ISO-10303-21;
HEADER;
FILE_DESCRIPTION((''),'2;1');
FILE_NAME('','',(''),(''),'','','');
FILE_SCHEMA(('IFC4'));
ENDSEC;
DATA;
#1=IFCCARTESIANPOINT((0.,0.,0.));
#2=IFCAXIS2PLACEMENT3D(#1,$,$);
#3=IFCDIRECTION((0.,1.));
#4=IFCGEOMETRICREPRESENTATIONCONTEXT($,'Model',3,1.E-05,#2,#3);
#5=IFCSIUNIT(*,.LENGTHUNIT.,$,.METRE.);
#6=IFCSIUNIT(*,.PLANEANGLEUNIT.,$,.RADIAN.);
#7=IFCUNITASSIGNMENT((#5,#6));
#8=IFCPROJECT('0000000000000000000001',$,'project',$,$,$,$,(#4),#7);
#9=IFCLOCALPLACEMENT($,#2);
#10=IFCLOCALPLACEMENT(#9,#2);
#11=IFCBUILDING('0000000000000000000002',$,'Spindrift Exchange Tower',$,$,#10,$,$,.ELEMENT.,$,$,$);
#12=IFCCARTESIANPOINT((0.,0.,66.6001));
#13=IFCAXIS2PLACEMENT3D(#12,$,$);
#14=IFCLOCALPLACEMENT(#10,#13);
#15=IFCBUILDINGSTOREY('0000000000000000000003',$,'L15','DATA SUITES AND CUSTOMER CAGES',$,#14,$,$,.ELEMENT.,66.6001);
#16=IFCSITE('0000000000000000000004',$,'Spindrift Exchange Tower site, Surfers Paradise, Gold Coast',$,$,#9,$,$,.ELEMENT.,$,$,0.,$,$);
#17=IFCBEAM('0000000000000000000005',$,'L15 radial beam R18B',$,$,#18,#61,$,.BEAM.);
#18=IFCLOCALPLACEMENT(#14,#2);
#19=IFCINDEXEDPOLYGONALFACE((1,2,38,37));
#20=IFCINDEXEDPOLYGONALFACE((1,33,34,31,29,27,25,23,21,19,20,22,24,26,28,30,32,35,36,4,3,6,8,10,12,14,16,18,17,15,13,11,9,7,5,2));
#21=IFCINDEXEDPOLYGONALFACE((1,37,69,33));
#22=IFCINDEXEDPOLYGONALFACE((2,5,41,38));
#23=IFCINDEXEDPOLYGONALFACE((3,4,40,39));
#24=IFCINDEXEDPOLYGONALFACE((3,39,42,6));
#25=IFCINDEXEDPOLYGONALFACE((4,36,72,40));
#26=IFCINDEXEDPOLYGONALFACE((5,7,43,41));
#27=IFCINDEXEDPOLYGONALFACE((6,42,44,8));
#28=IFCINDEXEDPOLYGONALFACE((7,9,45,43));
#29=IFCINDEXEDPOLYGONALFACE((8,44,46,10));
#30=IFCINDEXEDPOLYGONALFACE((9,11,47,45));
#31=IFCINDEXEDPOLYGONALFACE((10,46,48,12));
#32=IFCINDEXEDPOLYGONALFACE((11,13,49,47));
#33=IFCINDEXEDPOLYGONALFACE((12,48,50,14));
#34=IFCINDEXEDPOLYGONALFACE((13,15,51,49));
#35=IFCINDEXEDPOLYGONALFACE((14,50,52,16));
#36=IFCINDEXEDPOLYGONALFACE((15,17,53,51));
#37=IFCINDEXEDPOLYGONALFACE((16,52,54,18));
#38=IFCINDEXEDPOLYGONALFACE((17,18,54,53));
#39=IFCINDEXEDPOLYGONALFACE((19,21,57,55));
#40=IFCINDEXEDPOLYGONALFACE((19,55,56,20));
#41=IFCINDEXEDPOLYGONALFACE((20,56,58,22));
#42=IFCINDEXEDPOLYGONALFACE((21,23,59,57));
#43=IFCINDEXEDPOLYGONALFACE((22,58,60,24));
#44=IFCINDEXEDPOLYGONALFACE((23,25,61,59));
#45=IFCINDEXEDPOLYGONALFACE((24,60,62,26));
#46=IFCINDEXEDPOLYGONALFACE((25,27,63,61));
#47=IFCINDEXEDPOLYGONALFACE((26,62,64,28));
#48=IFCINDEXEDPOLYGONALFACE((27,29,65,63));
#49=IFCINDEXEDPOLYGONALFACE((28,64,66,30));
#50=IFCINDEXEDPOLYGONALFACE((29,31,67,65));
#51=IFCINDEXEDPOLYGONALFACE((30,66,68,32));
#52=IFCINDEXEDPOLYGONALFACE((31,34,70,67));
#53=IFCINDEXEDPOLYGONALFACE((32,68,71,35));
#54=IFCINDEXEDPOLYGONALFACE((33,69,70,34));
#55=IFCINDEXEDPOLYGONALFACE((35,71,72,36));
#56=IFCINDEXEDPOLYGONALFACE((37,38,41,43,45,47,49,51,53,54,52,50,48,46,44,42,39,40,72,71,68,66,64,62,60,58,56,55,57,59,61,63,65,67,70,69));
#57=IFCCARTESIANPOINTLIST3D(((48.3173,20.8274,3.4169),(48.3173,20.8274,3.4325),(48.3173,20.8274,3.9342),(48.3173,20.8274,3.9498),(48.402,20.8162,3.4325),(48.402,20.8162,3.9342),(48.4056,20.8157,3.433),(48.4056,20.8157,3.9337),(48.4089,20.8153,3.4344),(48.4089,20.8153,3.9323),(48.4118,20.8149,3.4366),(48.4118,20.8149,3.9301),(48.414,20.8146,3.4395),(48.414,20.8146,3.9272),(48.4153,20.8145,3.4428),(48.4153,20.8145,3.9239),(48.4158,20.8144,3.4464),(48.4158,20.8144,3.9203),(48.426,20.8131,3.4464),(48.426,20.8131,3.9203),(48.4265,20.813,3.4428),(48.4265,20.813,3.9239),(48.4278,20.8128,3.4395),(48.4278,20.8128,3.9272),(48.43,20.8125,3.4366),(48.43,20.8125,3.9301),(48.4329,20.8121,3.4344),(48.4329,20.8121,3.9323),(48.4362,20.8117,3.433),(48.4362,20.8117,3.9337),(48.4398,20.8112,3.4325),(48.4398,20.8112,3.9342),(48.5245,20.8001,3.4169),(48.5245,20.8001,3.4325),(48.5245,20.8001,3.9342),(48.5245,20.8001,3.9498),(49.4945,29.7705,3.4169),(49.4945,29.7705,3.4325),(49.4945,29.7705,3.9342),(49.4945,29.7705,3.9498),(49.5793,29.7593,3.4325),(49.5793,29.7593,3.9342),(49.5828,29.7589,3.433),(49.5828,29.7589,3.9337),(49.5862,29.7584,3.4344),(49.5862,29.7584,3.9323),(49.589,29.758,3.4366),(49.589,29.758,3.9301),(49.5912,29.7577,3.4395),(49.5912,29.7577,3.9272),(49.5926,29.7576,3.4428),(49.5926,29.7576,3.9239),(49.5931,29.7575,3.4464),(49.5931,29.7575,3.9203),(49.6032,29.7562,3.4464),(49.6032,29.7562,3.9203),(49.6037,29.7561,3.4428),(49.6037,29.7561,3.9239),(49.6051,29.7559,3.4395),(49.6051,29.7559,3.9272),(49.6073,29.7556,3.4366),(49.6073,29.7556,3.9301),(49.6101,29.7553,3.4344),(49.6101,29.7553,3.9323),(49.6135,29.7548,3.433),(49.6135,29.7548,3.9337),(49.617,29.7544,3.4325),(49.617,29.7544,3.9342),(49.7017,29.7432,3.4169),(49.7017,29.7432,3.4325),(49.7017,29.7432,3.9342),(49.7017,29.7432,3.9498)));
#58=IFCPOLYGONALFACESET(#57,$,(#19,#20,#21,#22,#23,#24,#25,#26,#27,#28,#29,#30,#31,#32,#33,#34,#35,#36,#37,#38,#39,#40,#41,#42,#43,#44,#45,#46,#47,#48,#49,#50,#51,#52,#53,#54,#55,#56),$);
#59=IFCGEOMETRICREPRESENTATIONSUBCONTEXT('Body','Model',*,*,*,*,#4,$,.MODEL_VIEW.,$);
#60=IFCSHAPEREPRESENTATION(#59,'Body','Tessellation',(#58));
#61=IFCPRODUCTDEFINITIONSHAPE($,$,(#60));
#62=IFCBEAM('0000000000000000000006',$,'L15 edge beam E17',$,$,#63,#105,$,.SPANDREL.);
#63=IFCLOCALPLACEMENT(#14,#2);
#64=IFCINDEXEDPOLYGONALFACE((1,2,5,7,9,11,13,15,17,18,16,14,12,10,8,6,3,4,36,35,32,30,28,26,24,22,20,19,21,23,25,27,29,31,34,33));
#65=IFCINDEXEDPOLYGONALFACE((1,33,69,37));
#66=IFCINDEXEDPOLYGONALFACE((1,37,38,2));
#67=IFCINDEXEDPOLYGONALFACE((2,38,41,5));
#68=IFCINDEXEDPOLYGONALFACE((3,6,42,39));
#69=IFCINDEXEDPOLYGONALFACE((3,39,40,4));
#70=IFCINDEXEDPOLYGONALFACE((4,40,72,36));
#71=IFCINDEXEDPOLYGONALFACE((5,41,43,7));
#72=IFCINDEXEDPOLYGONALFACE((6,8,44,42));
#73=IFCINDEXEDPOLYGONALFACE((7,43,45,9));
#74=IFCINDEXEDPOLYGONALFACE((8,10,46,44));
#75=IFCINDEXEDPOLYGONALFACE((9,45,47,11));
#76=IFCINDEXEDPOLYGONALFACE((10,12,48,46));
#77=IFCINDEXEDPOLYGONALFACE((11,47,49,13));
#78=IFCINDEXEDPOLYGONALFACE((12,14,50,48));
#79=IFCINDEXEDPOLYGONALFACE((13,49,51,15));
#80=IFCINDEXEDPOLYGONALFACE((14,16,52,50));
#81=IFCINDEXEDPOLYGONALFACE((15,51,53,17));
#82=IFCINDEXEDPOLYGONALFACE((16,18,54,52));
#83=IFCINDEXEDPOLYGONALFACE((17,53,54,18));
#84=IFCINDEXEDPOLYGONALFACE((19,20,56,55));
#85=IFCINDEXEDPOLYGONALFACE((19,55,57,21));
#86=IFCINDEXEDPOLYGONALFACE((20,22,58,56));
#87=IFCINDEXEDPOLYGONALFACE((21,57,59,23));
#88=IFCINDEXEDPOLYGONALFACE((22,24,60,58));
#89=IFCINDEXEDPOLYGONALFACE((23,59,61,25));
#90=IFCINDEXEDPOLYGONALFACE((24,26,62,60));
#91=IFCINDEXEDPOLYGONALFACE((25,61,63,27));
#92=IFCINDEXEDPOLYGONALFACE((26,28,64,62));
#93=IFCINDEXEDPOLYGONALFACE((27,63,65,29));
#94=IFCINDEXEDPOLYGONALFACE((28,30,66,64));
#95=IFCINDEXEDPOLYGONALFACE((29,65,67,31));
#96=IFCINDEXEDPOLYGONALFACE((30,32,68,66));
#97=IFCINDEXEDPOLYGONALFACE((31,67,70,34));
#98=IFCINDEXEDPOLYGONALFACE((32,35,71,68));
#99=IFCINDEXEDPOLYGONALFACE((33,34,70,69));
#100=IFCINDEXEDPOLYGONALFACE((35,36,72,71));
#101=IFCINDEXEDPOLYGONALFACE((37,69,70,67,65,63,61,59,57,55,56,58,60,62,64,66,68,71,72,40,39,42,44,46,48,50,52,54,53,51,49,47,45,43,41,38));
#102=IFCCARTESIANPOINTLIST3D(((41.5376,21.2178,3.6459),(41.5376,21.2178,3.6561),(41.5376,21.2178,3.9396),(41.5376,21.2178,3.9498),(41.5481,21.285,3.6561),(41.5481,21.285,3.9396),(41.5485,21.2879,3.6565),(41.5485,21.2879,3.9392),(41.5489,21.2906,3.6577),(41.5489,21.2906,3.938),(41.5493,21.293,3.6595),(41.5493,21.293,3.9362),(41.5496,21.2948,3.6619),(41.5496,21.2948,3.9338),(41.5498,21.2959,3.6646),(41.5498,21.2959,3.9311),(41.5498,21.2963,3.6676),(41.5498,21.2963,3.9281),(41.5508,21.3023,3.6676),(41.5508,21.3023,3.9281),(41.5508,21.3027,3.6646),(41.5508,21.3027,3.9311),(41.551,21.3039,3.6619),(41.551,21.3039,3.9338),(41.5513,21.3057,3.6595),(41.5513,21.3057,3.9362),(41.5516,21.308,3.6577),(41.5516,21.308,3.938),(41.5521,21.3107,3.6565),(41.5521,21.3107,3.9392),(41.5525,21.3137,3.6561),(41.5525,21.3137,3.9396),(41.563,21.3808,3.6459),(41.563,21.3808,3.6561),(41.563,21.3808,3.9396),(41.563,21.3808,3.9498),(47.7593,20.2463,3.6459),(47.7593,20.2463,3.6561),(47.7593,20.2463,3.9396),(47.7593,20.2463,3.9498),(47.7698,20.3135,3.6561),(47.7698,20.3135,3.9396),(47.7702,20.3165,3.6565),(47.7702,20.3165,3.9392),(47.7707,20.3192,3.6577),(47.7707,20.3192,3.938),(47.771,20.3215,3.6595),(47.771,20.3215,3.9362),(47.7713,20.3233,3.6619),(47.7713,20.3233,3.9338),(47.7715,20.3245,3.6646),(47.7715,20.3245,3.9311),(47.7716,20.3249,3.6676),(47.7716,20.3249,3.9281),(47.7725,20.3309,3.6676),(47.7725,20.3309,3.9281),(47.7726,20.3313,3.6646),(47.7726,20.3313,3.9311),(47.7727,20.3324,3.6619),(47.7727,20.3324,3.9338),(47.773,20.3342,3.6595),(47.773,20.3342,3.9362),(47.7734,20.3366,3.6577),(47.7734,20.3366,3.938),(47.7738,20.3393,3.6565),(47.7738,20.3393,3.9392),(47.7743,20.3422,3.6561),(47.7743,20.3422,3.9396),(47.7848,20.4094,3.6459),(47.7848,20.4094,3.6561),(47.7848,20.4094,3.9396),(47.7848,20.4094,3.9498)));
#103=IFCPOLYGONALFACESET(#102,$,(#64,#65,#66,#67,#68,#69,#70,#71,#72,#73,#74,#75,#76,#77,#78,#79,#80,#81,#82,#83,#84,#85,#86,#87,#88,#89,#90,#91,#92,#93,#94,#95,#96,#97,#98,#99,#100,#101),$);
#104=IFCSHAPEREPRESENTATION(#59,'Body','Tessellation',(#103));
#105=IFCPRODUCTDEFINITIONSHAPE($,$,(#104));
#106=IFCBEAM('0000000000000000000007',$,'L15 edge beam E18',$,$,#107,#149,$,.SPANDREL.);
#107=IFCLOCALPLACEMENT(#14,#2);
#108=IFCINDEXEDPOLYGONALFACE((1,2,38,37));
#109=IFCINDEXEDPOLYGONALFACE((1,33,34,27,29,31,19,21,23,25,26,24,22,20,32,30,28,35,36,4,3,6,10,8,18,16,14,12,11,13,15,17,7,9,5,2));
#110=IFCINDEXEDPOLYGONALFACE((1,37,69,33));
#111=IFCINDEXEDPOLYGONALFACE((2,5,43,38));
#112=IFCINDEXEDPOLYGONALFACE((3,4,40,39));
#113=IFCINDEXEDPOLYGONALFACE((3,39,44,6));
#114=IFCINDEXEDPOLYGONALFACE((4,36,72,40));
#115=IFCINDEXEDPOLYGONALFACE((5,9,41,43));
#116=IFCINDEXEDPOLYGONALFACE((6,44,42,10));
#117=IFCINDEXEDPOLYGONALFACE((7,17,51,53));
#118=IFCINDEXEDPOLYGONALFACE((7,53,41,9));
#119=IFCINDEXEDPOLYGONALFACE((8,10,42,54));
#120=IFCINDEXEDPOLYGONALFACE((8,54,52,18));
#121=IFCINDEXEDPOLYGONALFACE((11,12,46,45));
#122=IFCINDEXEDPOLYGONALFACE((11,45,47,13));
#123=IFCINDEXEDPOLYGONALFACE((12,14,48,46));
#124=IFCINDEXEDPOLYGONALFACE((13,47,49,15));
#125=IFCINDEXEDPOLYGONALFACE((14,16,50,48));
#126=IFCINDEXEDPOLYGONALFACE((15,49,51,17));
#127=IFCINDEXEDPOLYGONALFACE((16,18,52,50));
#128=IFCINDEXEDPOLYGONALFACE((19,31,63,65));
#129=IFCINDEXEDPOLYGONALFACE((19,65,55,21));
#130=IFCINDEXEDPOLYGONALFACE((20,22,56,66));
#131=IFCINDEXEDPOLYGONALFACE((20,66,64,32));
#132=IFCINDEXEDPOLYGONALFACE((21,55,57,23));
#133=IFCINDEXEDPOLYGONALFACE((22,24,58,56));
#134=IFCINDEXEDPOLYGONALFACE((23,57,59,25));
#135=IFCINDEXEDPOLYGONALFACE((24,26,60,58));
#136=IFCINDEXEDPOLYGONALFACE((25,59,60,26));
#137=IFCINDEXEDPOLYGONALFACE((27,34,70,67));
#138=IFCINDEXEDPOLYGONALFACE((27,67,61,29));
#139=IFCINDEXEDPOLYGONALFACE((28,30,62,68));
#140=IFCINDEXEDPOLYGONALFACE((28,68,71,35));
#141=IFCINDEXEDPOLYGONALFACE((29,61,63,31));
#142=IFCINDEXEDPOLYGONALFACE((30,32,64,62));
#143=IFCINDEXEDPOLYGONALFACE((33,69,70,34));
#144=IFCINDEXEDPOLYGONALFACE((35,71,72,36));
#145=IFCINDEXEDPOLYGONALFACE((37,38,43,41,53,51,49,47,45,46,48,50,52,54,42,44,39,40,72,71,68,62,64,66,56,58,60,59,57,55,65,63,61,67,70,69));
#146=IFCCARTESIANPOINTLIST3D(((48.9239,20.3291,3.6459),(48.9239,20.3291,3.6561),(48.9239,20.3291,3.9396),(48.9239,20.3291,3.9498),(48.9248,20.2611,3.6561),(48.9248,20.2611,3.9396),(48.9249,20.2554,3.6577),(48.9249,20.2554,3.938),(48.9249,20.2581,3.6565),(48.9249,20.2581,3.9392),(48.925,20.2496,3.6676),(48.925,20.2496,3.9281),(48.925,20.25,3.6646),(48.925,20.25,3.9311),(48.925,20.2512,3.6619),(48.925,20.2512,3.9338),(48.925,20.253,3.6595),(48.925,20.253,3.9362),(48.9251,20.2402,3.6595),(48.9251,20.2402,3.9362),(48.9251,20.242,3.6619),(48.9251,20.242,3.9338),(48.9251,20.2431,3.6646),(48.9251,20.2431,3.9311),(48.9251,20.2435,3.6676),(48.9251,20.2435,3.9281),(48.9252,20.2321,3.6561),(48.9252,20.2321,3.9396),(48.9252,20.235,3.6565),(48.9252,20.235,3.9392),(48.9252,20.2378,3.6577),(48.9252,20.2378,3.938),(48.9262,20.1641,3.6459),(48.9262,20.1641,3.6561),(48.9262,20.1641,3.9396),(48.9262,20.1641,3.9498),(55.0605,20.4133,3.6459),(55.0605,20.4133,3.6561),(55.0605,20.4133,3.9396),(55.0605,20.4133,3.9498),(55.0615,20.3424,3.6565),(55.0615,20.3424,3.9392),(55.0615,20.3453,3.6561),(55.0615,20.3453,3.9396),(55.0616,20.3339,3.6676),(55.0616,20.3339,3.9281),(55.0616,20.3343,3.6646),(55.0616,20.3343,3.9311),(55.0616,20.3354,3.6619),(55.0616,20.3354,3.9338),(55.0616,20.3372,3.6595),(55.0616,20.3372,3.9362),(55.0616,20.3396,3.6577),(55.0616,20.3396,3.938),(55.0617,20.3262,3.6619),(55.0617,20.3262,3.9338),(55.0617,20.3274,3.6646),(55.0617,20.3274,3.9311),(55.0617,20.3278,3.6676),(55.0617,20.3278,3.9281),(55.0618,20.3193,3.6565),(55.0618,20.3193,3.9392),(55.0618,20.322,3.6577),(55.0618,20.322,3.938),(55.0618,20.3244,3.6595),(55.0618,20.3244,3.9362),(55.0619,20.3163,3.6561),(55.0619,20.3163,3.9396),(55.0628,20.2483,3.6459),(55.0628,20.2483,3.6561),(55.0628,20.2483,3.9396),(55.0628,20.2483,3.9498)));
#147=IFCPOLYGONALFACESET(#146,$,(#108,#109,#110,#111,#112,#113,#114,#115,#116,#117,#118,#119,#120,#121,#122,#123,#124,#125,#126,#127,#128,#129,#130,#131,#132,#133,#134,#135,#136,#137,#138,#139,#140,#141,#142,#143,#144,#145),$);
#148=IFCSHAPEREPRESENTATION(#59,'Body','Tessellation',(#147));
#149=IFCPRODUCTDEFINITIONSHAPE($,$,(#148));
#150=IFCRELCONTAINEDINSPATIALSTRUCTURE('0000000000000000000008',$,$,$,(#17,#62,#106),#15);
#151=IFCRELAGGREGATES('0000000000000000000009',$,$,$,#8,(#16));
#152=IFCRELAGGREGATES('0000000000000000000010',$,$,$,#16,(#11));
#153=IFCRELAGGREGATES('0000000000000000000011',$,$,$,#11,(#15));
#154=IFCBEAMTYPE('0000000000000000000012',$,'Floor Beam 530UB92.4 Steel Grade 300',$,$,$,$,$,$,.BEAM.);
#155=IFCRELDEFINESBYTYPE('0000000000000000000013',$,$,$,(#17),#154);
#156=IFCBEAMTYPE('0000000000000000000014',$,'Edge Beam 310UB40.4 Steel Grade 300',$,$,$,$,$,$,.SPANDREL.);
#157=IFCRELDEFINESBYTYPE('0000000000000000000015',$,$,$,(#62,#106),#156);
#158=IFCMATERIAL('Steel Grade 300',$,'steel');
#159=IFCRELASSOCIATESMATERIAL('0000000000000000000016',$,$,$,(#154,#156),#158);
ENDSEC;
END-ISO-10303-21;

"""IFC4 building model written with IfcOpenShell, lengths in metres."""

from ifc_helpers import new_model, si_unit, direction, frame, origin, origin_2d, place, context, subcontext, project, spatial, i_section, extrude, source, transform, mapped, material, material_profile, profile_set, type_object, element, save


model = new_model("IFC4")

# Units and contexts
model_context = context("Model", 3, precision=1e-05, world=origin(), true_north=direction((0.0, 1.0)))
body_context = subcontext(model_context, "Body", "Model", "MODEL_VIEW")
ifc_project = project(units=[si_unit("LENGTHUNIT", "METRE"), si_unit("PLANEANGLEUNIT", "RADIAN")], contexts=[model_context])

# Site, building, storey
site_placement = place(None, origin())
site = spatial("IfcSite", under=ifc_project, at=site_placement, Name="Spindrift Exchange Tower site, Surfers Paradise, Gold Coast", CompositionType="ELEMENT", RefElevation=0.0)
building_placement = place(site_placement, origin())
building = spatial("IfcBuilding", under=site, at=building_placement, Name="Spindrift Exchange Tower", CompositionType="ELEMENT")
storey_placement = place(building_placement, frame((0.0, 0.0, 66.6001)))
storey = spatial("IfcBuildingStorey", under=building, at=storey_placement, Name="L15", Description="DATA SUITES AND CUSTOMER CAGES", CompositionType="ELEMENT", Elevation=66.6001)

# Beams
ifc_material_1 = material(Name="Steel Grade 300", Category="steel")
ifc_material_profile_1 = material_profile(ifc_material_1, i_section(OverallWidth=0.209, OverallDepth=0.533, WebThickness=0.0103, FlangeThickness=0.0156, FilletRadius=0.0139, at=origin_2d()), Name="530UB92.4")
ifc_profile_set_1 = profile_set([ifc_material_profile_1], Name="Steel Grade 300")
beam_type_1 = type_object("IfcBeamType", Name="Floor Beam 530UB92.4 Steel Grade 300", PredefinedType="BEAM", material=ifc_profile_set_1)
shared_shape_1 = source(origin(), body_context, "Body", "SweptSolid", [
    extrude(i_section(OverallWidth=0.209, OverallDepth=0.533, WebThickness=0.0103, FlangeThickness=0.0156, FilletRadius=0.0139, at=origin_2d()), origin(), (0.0, 0.0, 1.0), 9.0203),
])
beam_1_placement = place(storey_placement, frame((49.5981, 29.7568, 3.6833), z_axis=(-0.130511, -0.991447, 0.0), x_axis=(0.991447, -0.130511, 0.0)))
element("IfcBeam", 1, at=beam_1_placement, inside=storey, type_object=beam_type_1, Name="L15 radial beam R18B", PredefinedType="BEAM", context=body_context, shape_type="MappedRepresentation", body=[
    mapped(shared_shape_1, transform((0.0, 0.0, 0.0), scale=1.0)),
])
ifc_material_profile_2 = material_profile(ifc_material_1, i_section(OverallWidth=0.165, OverallDepth=0.304, WebThickness=0.0061, FlangeThickness=0.0103, FilletRadius=0.0115, at=origin_2d()), Name="310UB40.4")
ifc_profile_set_2 = profile_set([ifc_material_profile_2], Name="Steel Grade 300")
beam_type_2 = type_object("IfcBeamType", Name="Edge Beam 310UB40.4 Steel Grade 300", PredefinedType="SPANDREL", material=ifc_profile_set_2)
shared_shape_2 = source(origin(), body_context, "Body", "SweptSolid", [
    extrude(i_section(OverallWidth=0.165, OverallDepth=0.304, WebThickness=0.0061, FlangeThickness=0.0103, FilletRadius=0.0115, at=origin_2d()), origin(), (0.0, 0.0, 1.0), 6.2971),
])
beam_2_placement = place(storey_placement, frame((41.5503, 21.2993, 3.7979), z_axis=(0.988029, -0.154268, 0.0), x_axis=(0.154268, 0.988029, 0.0)))
element("IfcBeam", 2, at=beam_2_placement, inside=storey, type_object=beam_type_2, Name="L15 edge beam E17", PredefinedType="SPANDREL", context=body_context, shape_type="MappedRepresentation", body=[
    mapped(shared_shape_2, transform((0.0, 0.0, 0.0), scale=1.0)),
])
shared_shape_3 = source(origin(), body_context, "Body", "SweptSolid", [
    extrude(i_section(OverallWidth=0.165, OverallDepth=0.304, WebThickness=0.0061, FlangeThickness=0.0103, FilletRadius=0.0115, at=origin_2d()), origin(), (0.0, 0.0, 1.0), 6.1372),
])
beam_3_placement = place(storey_placement, frame((48.925, 20.2466, 3.7979), z_axis=(0.999906, 0.013724, 0.0), x_axis=(-0.013724, 0.999906, 0.0)))
element("IfcBeam", 3, at=beam_3_placement, inside=storey, type_object=beam_type_2, Name="L15 edge beam E18", PredefinedType="SPANDREL", context=body_context, shape_type="MappedRepresentation", body=[
    mapped(shared_shape_3, transform((0.0, 0.0, 0.0), scale=1.0)),
])

save(model, "model.ifc")
